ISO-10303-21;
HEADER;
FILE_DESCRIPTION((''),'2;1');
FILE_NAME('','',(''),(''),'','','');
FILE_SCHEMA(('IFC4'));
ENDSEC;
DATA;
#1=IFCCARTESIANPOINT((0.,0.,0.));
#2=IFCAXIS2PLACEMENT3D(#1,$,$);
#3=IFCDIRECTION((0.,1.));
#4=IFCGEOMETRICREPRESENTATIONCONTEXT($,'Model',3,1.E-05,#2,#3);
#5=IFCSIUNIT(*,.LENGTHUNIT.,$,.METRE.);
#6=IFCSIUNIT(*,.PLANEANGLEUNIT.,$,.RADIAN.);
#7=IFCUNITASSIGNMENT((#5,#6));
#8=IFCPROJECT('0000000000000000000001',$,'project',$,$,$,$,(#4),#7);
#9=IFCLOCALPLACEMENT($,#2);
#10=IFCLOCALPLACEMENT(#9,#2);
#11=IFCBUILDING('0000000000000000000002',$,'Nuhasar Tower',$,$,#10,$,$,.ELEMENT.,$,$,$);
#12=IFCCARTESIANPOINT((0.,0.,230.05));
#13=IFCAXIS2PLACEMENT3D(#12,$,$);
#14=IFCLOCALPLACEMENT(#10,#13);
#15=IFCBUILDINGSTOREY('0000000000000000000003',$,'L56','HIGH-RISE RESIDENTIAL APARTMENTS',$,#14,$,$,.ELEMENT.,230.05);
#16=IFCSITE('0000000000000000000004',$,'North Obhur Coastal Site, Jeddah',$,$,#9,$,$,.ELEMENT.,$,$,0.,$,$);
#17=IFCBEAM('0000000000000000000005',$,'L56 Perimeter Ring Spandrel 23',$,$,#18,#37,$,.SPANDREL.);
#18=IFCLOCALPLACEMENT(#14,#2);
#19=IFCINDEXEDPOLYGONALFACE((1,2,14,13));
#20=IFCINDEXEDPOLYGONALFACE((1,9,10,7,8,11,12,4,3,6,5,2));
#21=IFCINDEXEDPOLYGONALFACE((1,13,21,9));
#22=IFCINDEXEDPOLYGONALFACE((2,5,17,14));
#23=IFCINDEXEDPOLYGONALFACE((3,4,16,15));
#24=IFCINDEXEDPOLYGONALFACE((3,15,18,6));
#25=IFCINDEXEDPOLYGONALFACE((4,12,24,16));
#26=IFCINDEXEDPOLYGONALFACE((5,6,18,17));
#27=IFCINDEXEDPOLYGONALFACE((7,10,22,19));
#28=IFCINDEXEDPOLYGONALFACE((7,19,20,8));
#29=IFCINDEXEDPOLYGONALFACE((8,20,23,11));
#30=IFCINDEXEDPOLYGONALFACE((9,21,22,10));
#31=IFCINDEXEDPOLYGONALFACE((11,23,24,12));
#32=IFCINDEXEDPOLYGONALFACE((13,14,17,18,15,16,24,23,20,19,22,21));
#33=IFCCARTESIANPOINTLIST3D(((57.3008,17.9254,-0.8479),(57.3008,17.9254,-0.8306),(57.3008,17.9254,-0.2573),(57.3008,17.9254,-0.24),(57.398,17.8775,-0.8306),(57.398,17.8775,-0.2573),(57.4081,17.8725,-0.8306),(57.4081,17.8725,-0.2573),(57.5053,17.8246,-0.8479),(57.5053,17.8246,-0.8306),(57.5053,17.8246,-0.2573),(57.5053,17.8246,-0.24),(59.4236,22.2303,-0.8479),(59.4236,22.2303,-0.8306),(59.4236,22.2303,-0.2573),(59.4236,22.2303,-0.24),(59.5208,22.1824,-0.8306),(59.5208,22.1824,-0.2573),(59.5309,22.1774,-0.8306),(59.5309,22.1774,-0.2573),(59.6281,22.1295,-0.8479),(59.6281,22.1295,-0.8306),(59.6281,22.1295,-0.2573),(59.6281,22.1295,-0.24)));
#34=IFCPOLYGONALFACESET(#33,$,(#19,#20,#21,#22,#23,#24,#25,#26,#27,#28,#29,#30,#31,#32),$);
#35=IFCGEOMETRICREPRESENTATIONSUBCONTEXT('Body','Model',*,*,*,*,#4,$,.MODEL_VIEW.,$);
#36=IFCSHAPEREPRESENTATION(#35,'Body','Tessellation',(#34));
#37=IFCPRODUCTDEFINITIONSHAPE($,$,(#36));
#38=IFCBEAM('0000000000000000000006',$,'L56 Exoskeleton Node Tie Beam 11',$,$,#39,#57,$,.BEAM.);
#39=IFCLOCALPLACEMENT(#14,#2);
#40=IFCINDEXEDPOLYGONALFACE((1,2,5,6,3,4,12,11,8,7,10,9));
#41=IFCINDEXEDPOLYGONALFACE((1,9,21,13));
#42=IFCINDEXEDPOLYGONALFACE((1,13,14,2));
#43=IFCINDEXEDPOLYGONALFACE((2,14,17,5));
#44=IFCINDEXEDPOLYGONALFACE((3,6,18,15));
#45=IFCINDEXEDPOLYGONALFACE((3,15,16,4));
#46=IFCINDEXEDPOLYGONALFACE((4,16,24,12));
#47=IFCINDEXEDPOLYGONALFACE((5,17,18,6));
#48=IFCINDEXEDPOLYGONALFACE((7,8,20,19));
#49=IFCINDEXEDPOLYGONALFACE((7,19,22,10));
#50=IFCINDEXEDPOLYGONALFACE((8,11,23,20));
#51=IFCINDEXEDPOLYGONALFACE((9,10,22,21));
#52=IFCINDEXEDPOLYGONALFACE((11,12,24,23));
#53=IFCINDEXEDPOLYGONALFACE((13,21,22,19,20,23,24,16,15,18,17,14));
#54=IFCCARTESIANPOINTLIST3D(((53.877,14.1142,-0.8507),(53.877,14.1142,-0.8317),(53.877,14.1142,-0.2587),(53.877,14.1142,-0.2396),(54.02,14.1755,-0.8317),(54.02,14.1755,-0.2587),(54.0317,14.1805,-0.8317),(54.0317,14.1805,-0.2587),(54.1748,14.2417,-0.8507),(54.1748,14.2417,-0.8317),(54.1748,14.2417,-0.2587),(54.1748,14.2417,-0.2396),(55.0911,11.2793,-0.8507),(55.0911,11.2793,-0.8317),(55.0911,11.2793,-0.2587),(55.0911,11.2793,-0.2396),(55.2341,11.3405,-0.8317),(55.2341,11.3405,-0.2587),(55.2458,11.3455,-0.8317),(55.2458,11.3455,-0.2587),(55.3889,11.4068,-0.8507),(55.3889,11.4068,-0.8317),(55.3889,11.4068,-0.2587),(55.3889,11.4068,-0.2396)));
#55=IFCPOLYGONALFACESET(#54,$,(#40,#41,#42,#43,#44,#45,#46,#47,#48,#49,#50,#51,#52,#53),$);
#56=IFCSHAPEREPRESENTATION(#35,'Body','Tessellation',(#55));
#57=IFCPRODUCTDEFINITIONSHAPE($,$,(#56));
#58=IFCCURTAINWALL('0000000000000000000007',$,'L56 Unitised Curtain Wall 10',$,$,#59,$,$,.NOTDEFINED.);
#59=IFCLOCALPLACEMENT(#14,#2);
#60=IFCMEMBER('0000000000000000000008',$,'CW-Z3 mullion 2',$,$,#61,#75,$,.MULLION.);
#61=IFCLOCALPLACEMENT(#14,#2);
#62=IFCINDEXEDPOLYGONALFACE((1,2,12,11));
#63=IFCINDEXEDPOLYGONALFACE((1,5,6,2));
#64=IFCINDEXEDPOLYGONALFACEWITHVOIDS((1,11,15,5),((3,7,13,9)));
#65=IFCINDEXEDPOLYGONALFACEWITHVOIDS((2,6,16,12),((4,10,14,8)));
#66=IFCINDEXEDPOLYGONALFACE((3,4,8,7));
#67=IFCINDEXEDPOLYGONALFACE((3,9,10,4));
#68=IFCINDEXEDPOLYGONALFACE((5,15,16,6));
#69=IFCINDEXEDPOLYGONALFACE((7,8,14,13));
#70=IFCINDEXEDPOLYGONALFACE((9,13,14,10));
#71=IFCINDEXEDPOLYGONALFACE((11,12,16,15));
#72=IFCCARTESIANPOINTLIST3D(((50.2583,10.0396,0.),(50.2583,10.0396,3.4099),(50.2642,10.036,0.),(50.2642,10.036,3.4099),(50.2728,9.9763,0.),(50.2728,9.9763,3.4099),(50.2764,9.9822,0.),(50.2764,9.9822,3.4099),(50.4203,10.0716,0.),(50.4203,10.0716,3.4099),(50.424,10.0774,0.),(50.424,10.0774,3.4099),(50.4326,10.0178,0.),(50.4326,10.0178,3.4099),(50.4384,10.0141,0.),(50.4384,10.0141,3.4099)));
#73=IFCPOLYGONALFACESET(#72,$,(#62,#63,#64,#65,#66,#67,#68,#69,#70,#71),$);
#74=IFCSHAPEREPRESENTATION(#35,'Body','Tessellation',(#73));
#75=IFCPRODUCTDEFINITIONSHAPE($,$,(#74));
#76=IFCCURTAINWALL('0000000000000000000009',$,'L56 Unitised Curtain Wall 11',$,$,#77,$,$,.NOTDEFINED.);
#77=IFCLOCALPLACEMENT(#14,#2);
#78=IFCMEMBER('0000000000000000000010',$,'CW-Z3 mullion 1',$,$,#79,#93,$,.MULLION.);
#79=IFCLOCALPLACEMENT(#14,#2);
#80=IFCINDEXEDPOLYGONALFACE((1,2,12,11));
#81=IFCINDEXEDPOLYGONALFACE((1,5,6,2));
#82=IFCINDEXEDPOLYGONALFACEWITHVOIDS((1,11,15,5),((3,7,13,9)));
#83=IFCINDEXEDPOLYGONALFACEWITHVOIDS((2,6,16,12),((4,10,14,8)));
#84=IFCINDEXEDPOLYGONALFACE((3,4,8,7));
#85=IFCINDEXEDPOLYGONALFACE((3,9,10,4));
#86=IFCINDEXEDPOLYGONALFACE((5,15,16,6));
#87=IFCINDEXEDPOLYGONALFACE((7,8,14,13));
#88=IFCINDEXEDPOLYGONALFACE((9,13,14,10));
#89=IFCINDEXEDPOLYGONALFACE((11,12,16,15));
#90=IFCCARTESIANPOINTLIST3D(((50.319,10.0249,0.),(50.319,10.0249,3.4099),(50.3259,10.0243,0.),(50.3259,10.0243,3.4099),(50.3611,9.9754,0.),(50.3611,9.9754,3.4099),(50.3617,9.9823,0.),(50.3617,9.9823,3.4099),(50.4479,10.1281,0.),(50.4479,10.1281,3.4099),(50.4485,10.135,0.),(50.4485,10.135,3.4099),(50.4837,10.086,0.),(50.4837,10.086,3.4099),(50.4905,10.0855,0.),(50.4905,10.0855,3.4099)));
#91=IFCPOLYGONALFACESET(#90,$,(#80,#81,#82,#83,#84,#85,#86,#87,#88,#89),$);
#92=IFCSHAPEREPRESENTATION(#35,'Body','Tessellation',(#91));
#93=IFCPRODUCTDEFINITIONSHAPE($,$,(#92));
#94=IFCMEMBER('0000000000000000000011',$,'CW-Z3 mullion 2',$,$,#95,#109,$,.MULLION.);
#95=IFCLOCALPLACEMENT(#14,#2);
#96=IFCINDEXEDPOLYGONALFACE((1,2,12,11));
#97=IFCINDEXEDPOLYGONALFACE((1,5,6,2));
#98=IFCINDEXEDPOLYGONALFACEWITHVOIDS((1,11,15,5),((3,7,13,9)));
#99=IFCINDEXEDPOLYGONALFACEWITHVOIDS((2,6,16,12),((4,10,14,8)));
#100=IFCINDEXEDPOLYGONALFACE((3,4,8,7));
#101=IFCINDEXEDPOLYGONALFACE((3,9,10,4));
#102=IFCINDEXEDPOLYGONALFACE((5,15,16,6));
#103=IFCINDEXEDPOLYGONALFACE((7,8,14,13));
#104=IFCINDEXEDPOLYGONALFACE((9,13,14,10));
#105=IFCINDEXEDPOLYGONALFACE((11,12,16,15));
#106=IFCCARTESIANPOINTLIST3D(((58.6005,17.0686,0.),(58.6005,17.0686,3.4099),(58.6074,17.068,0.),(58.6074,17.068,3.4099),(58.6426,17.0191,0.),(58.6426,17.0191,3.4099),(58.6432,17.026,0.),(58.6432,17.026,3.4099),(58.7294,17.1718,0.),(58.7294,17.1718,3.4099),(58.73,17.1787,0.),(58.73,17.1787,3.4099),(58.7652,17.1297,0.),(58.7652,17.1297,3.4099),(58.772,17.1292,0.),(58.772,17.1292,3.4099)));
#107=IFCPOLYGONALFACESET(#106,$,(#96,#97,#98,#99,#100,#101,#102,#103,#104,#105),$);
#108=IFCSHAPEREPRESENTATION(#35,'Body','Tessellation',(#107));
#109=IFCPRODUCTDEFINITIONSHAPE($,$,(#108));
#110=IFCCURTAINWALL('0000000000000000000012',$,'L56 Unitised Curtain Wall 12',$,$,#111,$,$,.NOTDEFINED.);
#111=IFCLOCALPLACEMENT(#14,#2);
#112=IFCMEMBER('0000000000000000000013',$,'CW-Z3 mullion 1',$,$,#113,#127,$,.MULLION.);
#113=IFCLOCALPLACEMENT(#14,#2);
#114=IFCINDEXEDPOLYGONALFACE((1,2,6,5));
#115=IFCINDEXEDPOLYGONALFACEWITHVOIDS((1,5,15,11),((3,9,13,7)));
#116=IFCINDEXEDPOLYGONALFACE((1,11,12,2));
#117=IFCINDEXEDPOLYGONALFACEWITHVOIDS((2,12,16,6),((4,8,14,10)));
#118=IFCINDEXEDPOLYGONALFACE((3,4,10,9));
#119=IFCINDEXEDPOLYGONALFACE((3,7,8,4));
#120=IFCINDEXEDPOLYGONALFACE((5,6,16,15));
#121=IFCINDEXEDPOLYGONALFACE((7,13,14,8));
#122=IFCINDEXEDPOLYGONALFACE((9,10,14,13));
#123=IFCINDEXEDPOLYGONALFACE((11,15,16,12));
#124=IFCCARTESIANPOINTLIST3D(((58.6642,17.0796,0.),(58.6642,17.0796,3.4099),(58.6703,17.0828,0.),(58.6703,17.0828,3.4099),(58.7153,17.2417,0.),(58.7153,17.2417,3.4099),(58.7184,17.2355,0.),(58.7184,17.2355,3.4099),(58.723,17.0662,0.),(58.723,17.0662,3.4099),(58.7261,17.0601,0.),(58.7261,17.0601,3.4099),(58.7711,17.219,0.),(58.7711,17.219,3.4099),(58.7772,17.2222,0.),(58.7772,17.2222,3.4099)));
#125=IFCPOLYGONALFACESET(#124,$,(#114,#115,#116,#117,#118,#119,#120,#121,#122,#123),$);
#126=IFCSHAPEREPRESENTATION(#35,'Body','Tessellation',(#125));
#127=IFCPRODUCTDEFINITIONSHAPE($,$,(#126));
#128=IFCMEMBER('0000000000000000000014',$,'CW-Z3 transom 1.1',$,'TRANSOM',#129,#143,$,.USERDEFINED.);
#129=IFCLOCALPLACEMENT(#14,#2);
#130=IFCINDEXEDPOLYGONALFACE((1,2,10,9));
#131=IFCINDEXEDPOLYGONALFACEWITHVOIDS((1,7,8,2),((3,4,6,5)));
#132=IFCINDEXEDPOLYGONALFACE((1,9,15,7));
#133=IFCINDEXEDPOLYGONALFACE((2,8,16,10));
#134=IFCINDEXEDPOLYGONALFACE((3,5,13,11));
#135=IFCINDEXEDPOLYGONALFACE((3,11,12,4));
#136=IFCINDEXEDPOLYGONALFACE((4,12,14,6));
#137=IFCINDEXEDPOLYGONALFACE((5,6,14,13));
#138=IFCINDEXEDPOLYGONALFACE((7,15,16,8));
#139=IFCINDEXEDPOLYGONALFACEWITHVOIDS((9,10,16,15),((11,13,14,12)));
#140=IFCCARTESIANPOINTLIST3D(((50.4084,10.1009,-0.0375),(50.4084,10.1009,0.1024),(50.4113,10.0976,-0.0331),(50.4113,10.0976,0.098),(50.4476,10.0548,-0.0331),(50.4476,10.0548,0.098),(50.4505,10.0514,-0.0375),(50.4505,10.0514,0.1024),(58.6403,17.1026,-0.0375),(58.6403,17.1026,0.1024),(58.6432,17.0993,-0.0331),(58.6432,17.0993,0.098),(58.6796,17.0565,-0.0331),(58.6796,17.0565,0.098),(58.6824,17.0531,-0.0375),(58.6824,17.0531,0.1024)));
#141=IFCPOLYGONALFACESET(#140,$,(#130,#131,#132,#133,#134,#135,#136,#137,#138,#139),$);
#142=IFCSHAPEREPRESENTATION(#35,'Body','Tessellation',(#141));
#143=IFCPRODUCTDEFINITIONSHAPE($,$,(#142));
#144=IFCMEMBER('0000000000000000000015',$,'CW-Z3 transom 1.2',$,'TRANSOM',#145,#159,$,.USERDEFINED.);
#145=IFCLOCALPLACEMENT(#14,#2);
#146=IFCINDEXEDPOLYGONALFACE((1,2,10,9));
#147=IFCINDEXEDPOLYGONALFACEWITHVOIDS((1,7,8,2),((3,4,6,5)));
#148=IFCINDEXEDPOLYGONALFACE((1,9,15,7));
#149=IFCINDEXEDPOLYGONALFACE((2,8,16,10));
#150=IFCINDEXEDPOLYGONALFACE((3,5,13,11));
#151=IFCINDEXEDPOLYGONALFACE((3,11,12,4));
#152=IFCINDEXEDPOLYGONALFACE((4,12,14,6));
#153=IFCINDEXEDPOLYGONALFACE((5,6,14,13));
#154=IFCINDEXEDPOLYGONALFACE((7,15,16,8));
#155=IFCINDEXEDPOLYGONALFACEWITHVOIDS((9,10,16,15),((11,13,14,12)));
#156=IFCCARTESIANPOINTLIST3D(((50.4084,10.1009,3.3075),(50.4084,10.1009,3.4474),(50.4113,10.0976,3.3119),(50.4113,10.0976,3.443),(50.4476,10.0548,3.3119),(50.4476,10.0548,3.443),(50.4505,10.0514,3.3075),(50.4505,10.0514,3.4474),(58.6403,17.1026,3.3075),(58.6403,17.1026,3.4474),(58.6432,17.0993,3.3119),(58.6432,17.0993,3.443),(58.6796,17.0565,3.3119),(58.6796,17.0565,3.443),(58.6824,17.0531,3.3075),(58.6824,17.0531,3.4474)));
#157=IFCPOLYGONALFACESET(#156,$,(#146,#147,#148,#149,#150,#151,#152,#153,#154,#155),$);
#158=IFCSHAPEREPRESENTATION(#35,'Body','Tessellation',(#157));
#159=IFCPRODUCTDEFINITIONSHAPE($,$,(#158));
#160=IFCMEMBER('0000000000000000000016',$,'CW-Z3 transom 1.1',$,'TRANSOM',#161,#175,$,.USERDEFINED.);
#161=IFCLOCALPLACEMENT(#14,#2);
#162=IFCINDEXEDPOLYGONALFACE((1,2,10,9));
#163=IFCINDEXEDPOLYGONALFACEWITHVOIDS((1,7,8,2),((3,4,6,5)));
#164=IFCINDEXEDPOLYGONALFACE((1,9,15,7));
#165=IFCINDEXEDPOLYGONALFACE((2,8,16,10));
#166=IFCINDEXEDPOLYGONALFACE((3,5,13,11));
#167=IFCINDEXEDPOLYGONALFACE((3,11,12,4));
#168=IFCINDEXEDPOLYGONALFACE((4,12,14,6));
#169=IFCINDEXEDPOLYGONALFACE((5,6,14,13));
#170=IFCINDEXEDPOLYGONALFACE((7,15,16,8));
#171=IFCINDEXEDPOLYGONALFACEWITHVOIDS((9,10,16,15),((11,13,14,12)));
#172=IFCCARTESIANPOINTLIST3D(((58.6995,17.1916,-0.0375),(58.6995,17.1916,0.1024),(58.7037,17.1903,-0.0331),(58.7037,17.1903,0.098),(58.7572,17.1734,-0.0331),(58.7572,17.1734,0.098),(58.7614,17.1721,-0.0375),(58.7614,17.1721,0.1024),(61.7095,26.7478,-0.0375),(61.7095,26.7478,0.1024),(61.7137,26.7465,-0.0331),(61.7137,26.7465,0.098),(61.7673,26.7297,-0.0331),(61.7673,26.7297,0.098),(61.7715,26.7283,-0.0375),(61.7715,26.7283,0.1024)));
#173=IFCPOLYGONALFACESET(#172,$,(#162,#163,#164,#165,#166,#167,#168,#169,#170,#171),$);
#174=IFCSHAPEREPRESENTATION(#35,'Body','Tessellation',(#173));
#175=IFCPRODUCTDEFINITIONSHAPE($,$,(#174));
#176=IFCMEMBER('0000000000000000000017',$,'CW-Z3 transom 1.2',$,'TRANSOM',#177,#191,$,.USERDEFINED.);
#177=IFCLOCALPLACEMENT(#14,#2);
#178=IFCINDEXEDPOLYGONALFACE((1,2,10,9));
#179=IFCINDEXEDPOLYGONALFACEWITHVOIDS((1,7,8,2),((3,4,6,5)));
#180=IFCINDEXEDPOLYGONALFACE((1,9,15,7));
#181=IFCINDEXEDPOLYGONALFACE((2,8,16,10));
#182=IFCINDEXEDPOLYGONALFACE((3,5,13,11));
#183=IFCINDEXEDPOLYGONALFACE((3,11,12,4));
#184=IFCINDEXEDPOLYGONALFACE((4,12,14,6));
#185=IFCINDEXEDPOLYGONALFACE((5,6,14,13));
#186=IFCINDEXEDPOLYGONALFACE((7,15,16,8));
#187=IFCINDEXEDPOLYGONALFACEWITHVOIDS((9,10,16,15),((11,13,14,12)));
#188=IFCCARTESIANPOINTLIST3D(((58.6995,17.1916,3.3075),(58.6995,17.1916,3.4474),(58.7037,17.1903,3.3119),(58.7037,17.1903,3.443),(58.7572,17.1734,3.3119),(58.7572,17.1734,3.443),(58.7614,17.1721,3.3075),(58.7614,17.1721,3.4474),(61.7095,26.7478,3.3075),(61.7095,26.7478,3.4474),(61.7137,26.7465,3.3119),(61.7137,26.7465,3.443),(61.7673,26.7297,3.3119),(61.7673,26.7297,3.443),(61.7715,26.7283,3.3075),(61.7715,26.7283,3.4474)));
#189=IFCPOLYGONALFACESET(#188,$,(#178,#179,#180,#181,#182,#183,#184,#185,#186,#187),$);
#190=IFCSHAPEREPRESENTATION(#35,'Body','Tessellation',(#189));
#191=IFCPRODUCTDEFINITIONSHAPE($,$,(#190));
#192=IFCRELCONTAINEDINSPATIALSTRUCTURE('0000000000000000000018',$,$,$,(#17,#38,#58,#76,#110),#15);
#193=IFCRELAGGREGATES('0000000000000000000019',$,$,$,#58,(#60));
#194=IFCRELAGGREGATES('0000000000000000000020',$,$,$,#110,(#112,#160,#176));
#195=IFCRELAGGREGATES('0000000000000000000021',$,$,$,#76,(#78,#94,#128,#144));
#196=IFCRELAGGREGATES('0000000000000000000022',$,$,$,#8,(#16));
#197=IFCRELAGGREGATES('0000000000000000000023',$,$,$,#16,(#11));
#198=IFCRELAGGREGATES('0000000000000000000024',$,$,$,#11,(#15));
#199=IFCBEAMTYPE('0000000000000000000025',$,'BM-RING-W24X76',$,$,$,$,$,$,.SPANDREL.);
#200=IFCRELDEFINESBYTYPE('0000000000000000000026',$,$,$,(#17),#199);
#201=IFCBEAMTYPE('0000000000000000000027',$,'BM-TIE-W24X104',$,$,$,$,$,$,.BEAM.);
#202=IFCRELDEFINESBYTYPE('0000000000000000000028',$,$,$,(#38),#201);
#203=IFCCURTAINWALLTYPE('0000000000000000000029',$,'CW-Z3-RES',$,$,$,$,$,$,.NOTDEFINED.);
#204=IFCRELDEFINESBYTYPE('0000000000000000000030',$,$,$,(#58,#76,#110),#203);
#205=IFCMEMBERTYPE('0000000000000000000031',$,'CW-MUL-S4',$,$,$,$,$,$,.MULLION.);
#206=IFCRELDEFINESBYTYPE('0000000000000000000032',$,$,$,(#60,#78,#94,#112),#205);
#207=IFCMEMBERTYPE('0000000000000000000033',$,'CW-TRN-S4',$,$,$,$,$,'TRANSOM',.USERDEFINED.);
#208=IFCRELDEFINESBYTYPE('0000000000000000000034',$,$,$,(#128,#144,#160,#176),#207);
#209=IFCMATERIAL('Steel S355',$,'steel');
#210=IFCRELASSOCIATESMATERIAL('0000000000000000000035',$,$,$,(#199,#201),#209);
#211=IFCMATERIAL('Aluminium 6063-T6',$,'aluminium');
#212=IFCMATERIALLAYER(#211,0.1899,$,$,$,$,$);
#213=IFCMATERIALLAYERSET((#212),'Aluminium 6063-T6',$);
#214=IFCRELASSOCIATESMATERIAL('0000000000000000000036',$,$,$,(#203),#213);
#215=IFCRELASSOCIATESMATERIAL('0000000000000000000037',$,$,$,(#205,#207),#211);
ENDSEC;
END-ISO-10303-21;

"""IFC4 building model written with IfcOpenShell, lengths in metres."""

from ifc_helpers import new_model, si_unit, direction, frame, origin, origin_2d, place, context, subcontext, project, spatial, hollow_rectangle, i_section, extrude, material, layer, layer_set, material_profile, profile_set, type_object, element, aggregate, save


model = new_model("IFC4")

# Units and contexts
model_context = context("Model", 3, precision=1e-05, world=origin(), true_north=direction((0.0, 1.0)))
body_context = subcontext(model_context, "Body", "Model", "MODEL_VIEW")
ifc_project = project(units=[si_unit("LENGTHUNIT", "METRE"), si_unit("PLANEANGLEUNIT", "RADIAN")], contexts=[model_context])

# Site, building, storey
site_placement = place(None, origin())
site = spatial("IfcSite", under=ifc_project, at=site_placement, Name="North Obhur Coastal Site, Jeddah", CompositionType="ELEMENT", RefElevation=0.0)
building_placement = place(site_placement, origin())
building = spatial("IfcBuilding", under=site, at=building_placement, Name="Nuhasar Tower", CompositionType="ELEMENT")
storey_placement = place(building_placement, frame((0.0, 0.0, 230.05)))
storey = spatial("IfcBuildingStorey", under=building, at=storey_placement, Name="L56", Description="HIGH-RISE RESIDENTIAL APARTMENTS", CompositionType="ELEMENT", Elevation=230.05)

# Beams
ifc_material_1 = material(Name="Steel S355", Category="steel")
ifc_material_profile_1 = material_profile(ifc_material_1, i_section(OverallWidth=0.228, OverallDepth=0.6079, WebThickness=0.0112, FlangeThickness=0.0173, at=origin_2d()), Name="W24X76")
ifc_profile_set_1 = profile_set([ifc_material_profile_1], Name="Steel S355")
beam_type_1 = type_object("IfcBeamType", Name="BM-RING-W24X76", PredefinedType="SPANDREL", material=ifc_profile_set_1)
beam_1_placement = place(storey_placement, frame((57.4031, 17.875, -0.5439), z_axis=(0.442263, 0.896886, 0.0), x_axis=(-0.896886, 0.442263, 0.0)))
element("IfcBeam", 1, at=beam_1_placement, inside=storey, type_object=beam_type_1, Name="L56 Perimeter Ring Spandrel 23", PredefinedType="SPANDREL", context=body_context, shape_type="SweptSolid", body=[
    extrude(i_section(OverallWidth=0.228, OverallDepth=0.6079, WebThickness=0.0112, FlangeThickness=0.0173, at=origin_2d()), origin(), (0.0, 0.0, 1.0), 4.7998),
])
ifc_material_profile_2 = material_profile(ifc_material_1, i_section(OverallWidth=0.324, OverallDepth=0.6111, WebThickness=0.0127, FlangeThickness=0.019, at=origin_2d()), Name="W24X104")
ifc_profile_set_2 = profile_set([ifc_material_profile_2], Name="Steel S355")
beam_type_2 = type_object("IfcBeamType", Name="BM-TIE-W24X104", PredefinedType="BEAM", material=ifc_profile_set_2)
beam_2_placement = place(storey_placement, frame((54.0259, 14.178, -0.5452), z_axis=(0.39368, -0.919247, 0.0), x_axis=(0.919247, 0.39368, 0.0)))
element("IfcBeam", 2, at=beam_2_placement, inside=storey, type_object=beam_type_2, Name="L56 Exoskeleton Node Tie Beam 11", PredefinedType="BEAM", context=body_context, shape_type="SweptSolid", body=[
    extrude(i_section(OverallWidth=0.324, OverallDepth=0.6111, WebThickness=0.0127, FlangeThickness=0.019, at=origin_2d()), origin(), (0.0, 0.0, 1.0), 3.084),
])

# Curtain wall, member
ifc_material_2 = material(Name="Aluminium 6063-T6", Category="aluminium")
ifc_layer_1 = layer(ifc_material_2, 0.1899)
ifc_layer_set_1 = layer_set([ifc_layer_1], Name="Aluminium 6063-T6")
curtain_wall_type = type_object("IfcCurtainWallType", Name="CW-Z3-RES", PredefinedType="NOTDEFINED", material=ifc_layer_set_1)
curtain_wall_1_placement = place(storey_placement, origin())
curtain_wall_1 = element("IfcCurtainWall", 3, at=curtain_wall_1_placement, inside=storey, type_object=curtain_wall_type, Name="L56 Unitised Curtain Wall 10", PredefinedType="NOTDEFINED")
ifc_material_profile_3 = material_profile(ifc_material_2, hollow_rectangle(XDim=0.0649, YDim=0.1699, WallThickness=0.0049, at=origin_2d()), Name="CWM-4")
ifc_profile_set_3 = profile_set([ifc_material_profile_3], Name="Aluminium 6063-T6")
member_type_1 = type_object("IfcMemberType", Name="CW-MUL-S4", PredefinedType="MULLION", material=ifc_profile_set_3)
member_1_placement = place(storey_placement, frame((50.3484, 10.0269, 0.0), z_axis=(0.0, 0.0, 1.0), x_axis=(-0.222243, 0.974991, 0.0)))
member_1 = element("IfcMember", 4, at=member_1_placement, type_object=member_type_1, Name="CW-Z3 mullion 2", PredefinedType="MULLION", context=body_context, shape_type="SweptSolid", body=[
    extrude(hollow_rectangle(XDim=0.0649, YDim=0.1699, WallThickness=0.0049, at=origin_2d()), origin(), (0.0, 0.0, 1.0), 3.4099),
])
aggregate(curtain_wall_1, [member_1])

# Curtain wall, members
curtain_wall_2_placement = place(storey_placement, origin())
curtain_wall_2 = element("IfcCurtainWall", 5, at=curtain_wall_2_placement, inside=storey, type_object=curtain_wall_type, Name="L56 Unitised Curtain Wall 11", PredefinedType="NOTDEFINED")
member_2_placement = place(storey_placement, frame((50.4048, 10.0552, 0.0), z_axis=(0.0, 0.0, 1.0), x_axis=(-0.647895, 0.761729, 0.0)))
member_2 = element("IfcMember", 6, at=member_2_placement, type_object=member_type_1, Name="CW-Z3 mullion 1", PredefinedType="MULLION", context=body_context, shape_type="SweptSolid", body=[
    extrude(hollow_rectangle(XDim=0.0649, YDim=0.1699, WallThickness=0.0049, at=origin_2d()), origin(), (0.0, 0.0, 1.0), 3.4099),
])
member_3_placement = place(storey_placement, frame((58.6863, 17.0989, 0.0), z_axis=(0.0, 0.0, 1.0), x_axis=(-0.647895, 0.761729, 0.0)))
member_3 = element("IfcMember", 7, at=member_3_placement, type_object=member_type_1, Name="CW-Z3 mullion 2", PredefinedType="MULLION", context=body_context, shape_type="SweptSolid", body=[
    extrude(hollow_rectangle(XDim=0.0649, YDim=0.1699, WallThickness=0.0049, at=origin_2d()), origin(), (0.0, 0.0, 1.0), 3.4099),
])

# Curtain wall, member
curtain_wall_3_placement = place(storey_placement, origin())
curtain_wall_3 = element("IfcCurtainWall", 8, at=curtain_wall_3_placement, inside=storey, type_object=curtain_wall_type, Name="L56 Unitised Curtain Wall 12", PredefinedType="NOTDEFINED")
member_4_placement = place(storey_placement, frame((58.7207, 17.1509, 0.0), z_axis=(0.0, 0.0, 1.0), x_axis=(-0.953804, 0.300429, 0.0)))
member_4 = element("IfcMember", 9, at=member_4_placement, type_object=member_type_1, Name="CW-Z3 mullion 1", PredefinedType="MULLION", context=body_context, shape_type="SweptSolid", body=[
    extrude(hollow_rectangle(XDim=0.0649, YDim=0.1699, WallThickness=0.0049, at=origin_2d()), origin(), (0.0, 0.0, 1.0), 3.4099),
])

# Members
ifc_material_profile_4 = material_profile(ifc_material_2, hollow_rectangle(XDim=0.0649, YDim=0.1399, WallThickness=0.0044, at=origin_2d()), Name="CWT-4")
ifc_profile_set_4 = profile_set([ifc_material_profile_4], Name="Aluminium 6063-T6")
member_type_2 = type_object("IfcMemberType", Name="CW-TRN-S4", ElementType="TRANSOM", PredefinedType="USERDEFINED", material=ifc_profile_set_4)
member_5_placement = place(storey_placement, frame((50.4294, 10.0762, 0.0325), z_axis=(0.761731, 0.647894, 0.0), x_axis=(-0.647894, 0.761731, 0.0)))
member_5 = element("IfcMember", 10, at=member_5_placement, type_object=member_type_2, Name="CW-Z3 transom 1.1", ObjectType="TRANSOM", PredefinedType="USERDEFINED", context=body_context, shape_type="SweptSolid", body=[
    extrude(hollow_rectangle(XDim=0.0649, YDim=0.1399, WallThickness=0.0044, at=origin_2d()), origin(), (0.0, 0.0, 1.0), 10.8069),
])
member_6_placement = place(storey_placement, frame((50.4294, 10.0762, 3.3774), z_axis=(0.761731, 0.647894, 0.0), x_axis=(-0.647894, 0.761731, 0.0)))
member_6 = element("IfcMember", 11, at=member_6_placement, type_object=member_type_2, Name="CW-Z3 transom 1.2", ObjectType="TRANSOM", PredefinedType="USERDEFINED", context=body_context, shape_type="SweptSolid", body=[
    extrude(hollow_rectangle(XDim=0.0649, YDim=0.1399, WallThickness=0.0044, at=origin_2d()), origin(), (0.0, 0.0, 1.0), 10.8069),
])
member_7_placement = place(storey_placement, frame((58.7305, 17.1819, 0.0325), z_axis=(0.30043, 0.953804, 0.0), x_axis=(-0.953804, 0.30043, 0.0)))
member_7 = element("IfcMember", 12, at=member_7_placement, type_object=member_type_2, Name="CW-Z3 transom 1.1", ObjectType="TRANSOM", PredefinedType="USERDEFINED", context=body_context, shape_type="SweptSolid", body=[
    extrude(hollow_rectangle(XDim=0.0649, YDim=0.1399, WallThickness=0.0044, at=origin_2d()), origin(), (0.0, 0.0, 1.0), 10.019),
])
member_8_placement = place(storey_placement, frame((58.7305, 17.1819, 3.3774), z_axis=(0.30043, 0.953804, 0.0), x_axis=(-0.953804, 0.30043, 0.0)))
member_8 = element("IfcMember", 13, at=member_8_placement, type_object=member_type_2, Name="CW-Z3 transom 1.2", ObjectType="TRANSOM", PredefinedType="USERDEFINED", context=body_context, shape_type="SweptSolid", body=[
    extrude(hollow_rectangle(XDim=0.0649, YDim=0.1399, WallThickness=0.0044, at=origin_2d()), origin(), (0.0, 0.0, 1.0), 10.019),
])
aggregate(curtain_wall_3, [member_4, member_7, member_8])

aggregate(curtain_wall_2, [member_2, member_3, member_5, member_6])

save(model, "model.ifc")
